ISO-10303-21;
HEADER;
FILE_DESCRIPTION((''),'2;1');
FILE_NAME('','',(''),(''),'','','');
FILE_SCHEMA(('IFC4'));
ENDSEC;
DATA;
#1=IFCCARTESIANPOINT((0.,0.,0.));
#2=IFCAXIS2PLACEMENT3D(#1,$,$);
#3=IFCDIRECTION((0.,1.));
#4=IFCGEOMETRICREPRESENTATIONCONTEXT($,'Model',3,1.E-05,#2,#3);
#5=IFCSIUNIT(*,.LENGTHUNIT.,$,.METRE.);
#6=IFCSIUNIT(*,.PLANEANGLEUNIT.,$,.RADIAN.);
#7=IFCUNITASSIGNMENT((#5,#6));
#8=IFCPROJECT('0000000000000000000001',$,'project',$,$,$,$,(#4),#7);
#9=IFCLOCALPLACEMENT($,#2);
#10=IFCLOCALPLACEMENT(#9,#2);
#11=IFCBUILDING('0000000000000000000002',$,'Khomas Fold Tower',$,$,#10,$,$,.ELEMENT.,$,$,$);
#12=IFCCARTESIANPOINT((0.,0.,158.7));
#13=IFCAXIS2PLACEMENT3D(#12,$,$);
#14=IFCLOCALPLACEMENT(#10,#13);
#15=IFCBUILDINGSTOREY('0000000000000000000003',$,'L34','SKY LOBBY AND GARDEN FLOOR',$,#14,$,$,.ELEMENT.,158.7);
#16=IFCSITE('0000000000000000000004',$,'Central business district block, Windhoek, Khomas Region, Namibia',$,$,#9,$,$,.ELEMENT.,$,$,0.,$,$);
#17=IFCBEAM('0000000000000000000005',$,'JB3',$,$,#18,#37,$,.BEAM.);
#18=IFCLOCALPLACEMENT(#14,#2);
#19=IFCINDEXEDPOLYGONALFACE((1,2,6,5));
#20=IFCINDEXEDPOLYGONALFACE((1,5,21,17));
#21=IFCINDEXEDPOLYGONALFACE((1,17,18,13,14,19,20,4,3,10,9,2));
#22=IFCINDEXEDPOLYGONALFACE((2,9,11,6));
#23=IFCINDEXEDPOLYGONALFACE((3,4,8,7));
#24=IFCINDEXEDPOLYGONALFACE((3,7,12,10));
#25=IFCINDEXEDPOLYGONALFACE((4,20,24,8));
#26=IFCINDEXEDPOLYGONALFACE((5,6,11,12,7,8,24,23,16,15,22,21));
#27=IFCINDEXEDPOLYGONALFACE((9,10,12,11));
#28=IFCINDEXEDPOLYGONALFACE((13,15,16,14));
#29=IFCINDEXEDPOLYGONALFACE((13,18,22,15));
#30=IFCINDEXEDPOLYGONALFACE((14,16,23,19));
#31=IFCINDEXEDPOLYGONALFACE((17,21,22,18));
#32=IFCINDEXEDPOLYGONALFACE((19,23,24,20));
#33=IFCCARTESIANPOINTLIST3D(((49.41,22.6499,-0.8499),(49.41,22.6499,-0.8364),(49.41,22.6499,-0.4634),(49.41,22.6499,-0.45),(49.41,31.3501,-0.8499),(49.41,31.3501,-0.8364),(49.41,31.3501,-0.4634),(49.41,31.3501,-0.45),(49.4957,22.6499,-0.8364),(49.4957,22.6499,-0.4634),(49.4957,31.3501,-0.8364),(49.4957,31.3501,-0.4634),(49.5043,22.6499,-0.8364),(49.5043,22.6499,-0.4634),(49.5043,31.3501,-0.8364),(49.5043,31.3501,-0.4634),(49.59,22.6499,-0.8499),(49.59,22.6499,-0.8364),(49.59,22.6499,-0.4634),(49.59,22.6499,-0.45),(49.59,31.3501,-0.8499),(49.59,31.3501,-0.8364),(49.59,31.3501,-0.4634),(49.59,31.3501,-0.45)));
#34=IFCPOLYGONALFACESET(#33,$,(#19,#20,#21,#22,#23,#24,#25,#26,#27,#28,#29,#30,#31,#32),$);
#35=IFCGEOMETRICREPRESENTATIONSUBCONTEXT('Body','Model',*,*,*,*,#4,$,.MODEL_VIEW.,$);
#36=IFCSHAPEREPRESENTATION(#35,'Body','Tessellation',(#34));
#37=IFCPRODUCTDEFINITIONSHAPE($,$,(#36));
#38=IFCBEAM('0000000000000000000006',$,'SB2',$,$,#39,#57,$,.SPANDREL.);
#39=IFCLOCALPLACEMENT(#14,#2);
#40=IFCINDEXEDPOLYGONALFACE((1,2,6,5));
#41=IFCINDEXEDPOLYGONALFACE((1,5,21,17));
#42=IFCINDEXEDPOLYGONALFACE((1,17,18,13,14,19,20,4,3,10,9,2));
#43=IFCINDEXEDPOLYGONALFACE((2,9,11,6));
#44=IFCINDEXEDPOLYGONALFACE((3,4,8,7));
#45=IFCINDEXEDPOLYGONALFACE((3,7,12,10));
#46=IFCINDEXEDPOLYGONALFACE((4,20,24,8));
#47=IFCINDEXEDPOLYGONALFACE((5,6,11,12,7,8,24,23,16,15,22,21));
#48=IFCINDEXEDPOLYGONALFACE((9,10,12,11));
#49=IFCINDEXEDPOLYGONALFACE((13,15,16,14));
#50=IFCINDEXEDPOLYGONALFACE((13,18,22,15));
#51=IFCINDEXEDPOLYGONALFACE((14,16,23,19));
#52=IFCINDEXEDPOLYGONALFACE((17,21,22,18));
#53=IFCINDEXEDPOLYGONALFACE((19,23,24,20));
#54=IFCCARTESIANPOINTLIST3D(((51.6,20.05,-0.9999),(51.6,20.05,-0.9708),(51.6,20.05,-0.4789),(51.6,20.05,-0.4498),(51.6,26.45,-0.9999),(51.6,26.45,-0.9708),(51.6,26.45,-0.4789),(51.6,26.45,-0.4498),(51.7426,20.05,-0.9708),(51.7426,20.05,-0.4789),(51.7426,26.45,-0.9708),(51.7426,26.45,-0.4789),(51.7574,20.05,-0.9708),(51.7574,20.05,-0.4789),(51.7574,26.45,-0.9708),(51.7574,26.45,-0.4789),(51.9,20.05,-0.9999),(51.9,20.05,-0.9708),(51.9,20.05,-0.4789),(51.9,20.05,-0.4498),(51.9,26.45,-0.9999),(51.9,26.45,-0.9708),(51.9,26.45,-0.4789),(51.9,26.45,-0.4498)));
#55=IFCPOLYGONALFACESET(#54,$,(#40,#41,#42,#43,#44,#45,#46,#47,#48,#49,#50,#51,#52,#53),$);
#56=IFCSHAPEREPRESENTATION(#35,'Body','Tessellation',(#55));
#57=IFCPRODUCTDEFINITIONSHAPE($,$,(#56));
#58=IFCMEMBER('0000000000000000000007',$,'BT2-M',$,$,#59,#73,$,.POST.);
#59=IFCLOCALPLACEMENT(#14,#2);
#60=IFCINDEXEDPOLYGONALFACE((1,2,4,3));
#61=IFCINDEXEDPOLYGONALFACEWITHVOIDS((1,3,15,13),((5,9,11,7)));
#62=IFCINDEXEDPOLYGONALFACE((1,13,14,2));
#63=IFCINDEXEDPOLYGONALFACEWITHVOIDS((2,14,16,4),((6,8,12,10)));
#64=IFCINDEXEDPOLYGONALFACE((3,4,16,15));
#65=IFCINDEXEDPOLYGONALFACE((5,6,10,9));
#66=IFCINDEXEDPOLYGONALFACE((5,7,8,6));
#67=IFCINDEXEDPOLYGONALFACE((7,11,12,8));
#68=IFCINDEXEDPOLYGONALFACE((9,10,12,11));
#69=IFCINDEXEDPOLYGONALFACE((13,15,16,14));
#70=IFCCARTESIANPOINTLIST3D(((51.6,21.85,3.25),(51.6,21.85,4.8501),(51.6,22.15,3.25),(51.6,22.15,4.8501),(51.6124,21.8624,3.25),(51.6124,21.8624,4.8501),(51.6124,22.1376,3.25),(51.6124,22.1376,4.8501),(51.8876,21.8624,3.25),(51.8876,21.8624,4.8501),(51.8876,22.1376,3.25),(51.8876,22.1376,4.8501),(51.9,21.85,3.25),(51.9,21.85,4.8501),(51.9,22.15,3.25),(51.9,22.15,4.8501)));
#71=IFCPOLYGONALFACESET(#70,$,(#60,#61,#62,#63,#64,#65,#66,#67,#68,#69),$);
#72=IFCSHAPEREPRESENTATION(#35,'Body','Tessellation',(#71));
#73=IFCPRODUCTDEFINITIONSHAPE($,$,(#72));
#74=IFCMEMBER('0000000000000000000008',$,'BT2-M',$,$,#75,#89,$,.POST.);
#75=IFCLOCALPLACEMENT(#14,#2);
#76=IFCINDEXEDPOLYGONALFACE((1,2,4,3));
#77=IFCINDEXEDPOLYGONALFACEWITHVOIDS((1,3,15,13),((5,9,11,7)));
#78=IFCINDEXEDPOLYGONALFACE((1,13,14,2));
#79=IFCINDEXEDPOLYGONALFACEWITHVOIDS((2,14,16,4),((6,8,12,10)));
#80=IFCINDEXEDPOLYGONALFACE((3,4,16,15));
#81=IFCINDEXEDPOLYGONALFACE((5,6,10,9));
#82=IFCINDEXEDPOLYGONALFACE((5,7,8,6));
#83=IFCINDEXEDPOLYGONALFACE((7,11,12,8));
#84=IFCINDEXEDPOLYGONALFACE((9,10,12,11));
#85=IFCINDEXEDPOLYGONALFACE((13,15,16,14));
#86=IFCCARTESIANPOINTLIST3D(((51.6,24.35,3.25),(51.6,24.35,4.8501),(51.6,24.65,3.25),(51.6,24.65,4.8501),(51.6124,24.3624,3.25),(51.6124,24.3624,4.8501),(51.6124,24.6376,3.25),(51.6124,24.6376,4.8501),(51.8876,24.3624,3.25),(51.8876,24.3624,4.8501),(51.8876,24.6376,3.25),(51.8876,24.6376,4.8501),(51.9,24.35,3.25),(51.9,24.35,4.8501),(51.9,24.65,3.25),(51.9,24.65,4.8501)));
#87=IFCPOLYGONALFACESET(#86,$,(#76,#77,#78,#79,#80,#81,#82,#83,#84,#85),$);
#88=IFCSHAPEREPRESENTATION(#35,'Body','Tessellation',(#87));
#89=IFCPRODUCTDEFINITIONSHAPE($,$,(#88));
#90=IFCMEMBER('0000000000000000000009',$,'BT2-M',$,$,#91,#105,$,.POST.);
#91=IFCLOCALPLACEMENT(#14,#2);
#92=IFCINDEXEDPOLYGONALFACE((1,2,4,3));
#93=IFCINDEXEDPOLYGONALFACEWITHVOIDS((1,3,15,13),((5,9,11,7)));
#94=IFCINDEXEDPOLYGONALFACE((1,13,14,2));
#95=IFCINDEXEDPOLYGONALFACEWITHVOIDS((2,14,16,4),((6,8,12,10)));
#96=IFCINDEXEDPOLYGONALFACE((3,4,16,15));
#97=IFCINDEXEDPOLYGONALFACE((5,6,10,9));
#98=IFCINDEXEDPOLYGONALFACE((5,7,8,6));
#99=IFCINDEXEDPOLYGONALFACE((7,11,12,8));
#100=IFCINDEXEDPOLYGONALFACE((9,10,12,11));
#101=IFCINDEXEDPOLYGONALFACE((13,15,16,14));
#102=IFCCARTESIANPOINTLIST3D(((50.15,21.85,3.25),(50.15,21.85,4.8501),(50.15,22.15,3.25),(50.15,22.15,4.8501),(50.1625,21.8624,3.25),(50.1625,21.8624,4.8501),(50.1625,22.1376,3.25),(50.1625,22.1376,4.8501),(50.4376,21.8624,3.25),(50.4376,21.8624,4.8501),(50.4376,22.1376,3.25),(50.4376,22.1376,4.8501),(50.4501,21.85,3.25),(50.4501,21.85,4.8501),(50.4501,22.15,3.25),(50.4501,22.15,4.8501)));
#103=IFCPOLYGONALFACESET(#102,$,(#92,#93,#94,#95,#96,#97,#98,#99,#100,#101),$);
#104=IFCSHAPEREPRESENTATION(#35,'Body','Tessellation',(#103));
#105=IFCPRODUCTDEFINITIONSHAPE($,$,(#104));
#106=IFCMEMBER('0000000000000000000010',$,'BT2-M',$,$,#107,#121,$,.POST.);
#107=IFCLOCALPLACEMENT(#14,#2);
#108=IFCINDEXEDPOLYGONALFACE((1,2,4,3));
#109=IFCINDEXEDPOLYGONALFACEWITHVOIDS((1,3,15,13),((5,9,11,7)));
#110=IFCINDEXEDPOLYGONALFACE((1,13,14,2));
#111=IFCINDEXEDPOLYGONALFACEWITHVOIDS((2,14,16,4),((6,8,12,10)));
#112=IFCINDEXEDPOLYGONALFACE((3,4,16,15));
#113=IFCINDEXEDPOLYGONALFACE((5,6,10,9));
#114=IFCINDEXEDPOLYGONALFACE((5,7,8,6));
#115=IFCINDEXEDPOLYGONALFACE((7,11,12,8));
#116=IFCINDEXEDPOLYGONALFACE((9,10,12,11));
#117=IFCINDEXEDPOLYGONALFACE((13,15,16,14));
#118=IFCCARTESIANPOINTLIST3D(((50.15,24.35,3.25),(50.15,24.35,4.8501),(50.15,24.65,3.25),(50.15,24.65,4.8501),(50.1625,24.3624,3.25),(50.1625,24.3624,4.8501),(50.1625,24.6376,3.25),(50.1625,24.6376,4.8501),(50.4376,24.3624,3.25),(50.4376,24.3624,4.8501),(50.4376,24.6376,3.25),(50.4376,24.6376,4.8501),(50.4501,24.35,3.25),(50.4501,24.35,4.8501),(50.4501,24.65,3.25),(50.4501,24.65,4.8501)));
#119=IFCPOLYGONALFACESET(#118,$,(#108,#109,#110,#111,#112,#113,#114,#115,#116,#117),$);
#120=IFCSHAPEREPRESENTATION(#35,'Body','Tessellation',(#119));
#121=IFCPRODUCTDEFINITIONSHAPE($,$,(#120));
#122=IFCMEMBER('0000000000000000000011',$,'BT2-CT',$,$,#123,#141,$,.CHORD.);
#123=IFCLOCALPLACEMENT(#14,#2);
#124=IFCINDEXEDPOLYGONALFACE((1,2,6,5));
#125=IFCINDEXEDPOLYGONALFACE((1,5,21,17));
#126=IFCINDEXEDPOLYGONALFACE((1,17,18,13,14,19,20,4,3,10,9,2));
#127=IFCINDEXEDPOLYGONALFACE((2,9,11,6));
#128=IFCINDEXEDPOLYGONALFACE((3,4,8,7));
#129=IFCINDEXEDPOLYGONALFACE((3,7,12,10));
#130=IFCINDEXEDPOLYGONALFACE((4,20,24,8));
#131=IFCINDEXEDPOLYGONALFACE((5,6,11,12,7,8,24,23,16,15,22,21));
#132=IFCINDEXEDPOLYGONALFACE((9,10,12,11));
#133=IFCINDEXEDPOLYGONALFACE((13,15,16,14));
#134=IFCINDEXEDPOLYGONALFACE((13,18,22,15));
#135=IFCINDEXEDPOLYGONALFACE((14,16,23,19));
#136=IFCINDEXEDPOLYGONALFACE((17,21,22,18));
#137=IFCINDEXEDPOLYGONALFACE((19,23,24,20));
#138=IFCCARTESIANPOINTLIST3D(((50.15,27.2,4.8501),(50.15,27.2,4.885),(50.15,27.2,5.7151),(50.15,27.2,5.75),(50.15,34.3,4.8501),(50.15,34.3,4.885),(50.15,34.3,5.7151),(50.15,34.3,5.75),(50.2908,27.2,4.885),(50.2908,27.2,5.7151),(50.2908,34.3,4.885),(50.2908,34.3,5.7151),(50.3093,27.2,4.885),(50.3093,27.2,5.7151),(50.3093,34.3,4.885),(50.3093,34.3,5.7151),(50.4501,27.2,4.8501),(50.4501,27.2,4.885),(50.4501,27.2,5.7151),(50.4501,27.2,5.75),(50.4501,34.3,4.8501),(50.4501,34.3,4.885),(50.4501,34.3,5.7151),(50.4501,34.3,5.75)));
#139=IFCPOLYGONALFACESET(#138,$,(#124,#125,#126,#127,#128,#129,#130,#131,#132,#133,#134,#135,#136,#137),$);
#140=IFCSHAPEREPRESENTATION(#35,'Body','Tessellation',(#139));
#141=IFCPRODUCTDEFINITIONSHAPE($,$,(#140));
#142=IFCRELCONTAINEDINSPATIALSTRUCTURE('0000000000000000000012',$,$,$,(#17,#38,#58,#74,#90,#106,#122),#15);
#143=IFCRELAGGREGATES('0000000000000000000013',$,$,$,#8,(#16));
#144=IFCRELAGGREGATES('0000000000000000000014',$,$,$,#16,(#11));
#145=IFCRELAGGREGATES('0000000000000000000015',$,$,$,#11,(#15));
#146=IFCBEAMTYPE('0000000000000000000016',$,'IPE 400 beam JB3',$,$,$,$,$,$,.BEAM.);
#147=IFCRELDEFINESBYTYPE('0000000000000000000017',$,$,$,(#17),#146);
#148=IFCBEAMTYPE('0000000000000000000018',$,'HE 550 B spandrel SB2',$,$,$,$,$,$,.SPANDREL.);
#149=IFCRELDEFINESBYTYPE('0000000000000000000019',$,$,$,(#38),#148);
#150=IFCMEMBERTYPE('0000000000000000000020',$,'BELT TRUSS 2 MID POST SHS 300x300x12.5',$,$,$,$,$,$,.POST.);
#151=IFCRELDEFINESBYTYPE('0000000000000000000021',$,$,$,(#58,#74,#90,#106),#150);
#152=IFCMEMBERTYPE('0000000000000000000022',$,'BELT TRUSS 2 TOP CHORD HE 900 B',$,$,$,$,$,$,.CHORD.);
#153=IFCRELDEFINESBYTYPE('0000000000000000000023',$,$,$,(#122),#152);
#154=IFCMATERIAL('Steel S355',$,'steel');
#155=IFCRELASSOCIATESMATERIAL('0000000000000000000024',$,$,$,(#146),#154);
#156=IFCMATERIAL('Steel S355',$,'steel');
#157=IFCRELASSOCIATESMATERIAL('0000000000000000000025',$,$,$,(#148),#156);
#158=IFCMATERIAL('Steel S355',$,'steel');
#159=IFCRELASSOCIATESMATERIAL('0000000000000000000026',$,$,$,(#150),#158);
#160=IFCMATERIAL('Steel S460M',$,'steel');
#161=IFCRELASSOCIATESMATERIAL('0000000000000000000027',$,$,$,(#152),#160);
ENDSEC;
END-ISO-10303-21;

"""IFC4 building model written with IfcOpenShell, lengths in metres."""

from ifc_helpers import new_model, si_unit, direction, frame, origin, origin_2d, place, context, subcontext, project, spatial, hollow_rectangle, i_section, extrude, source, transform, mapped, material, material_profile, profile_set, type_object, element, save


model = new_model("IFC4")

# Units and contexts
model_context = context("Model", 3, precision=1e-05, world=origin(), true_north=direction((0.0, 1.0)))
body_context = subcontext(model_context, "Body", "Model", "MODEL_VIEW")
ifc_project = project(units=[si_unit("LENGTHUNIT", "METRE"), si_unit("PLANEANGLEUNIT", "RADIAN")], contexts=[model_context])

# Site, building, storey
site_placement = place(None, origin())
site = spatial("IfcSite", under=ifc_project, at=site_placement, Name="Central business district block, Windhoek, Khomas Region, Namibia", CompositionType="ELEMENT", RefElevation=0.0)
building_placement = place(site_placement, origin())
building = spatial("IfcBuilding", under=site, at=building_placement, Name="Khomas Fold Tower", CompositionType="ELEMENT")
storey_placement = place(building_placement, frame((0.0, 0.0, 158.7)))
storey = spatial("IfcBuildingStorey", under=building, at=storey_placement, Name="L34", Description="SKY LOBBY AND GARDEN FLOOR", CompositionType="ELEMENT", Elevation=158.7)

# Beams
ifc_material_1 = material(Name="Steel S355", Category="steel")
ifc_material_profile_1 = material_profile(ifc_material_1, i_section(OverallWidth=0.1799, OverallDepth=0.3999, WebThickness=0.0085, FlangeThickness=0.0134, at=origin_2d()), Name="IPE 400")
ifc_profile_set_1 = profile_set([ifc_material_profile_1], Name="Steel S355")
beam_type_1 = type_object("IfcBeamType", Name="IPE 400 beam JB3", PredefinedType="BEAM", material=ifc_profile_set_1)
shared_shape_1 = source(origin(), body_context, "Body", "SweptSolid", [
    extrude(i_section(OverallWidth=0.1799, OverallDepth=0.3999, WebThickness=0.0085, FlangeThickness=0.0134, at=origin_2d()), origin(), (0.0, 0.0, 1.0), 8.7002),
])
beam_1_placement = place(storey_placement, frame((49.5, 22.6499, -0.6499), z_axis=(0.0, 1.0, 0.0), x_axis=(-1.0, 0.0, 0.0)))
element("IfcBeam", 1, at=beam_1_placement, inside=storey, type_object=beam_type_1, Name="JB3", PredefinedType="BEAM", context=body_context, shape_type="MappedRepresentation", body=[
    mapped(shared_shape_1, transform((0.0, 0.0, 0.0))),
])
ifc_material_2 = material(Name="Steel S355", Category="steel")
ifc_material_profile_2 = material_profile(ifc_material_2, i_section(OverallWidth=0.3, OverallDepth=0.55, WebThickness=0.0149, FlangeThickness=0.0291, at=origin_2d()), Name="HE 550 B")
ifc_profile_set_2 = profile_set([ifc_material_profile_2], Name="Steel S355")
beam_type_2 = type_object("IfcBeamType", Name="HE 550 B spandrel SB2", PredefinedType="SPANDREL", material=ifc_profile_set_2)
shared_shape_2 = source(origin(), body_context, "Body", "SweptSolid", [
    extrude(i_section(OverallWidth=0.3, OverallDepth=0.55, WebThickness=0.0149, FlangeThickness=0.0291, at=origin_2d()), origin(), (0.0, 0.0, 1.0), 6.3999),
])
beam_2_placement = place(storey_placement, frame((51.75, 20.05, -0.7249), z_axis=(0.0, 1.0, 0.0), x_axis=(-1.0, 0.0, 0.0)))
element("IfcBeam", 2, at=beam_2_placement, inside=storey, type_object=beam_type_2, Name="SB2", PredefinedType="SPANDREL", context=body_context, shape_type="MappedRepresentation", body=[
    mapped(shared_shape_2, transform((0.0, 0.0, 0.0))),
])

# Members
ifc_material_3 = material(Name="Steel S355", Category="steel")
ifc_material_profile_3 = material_profile(ifc_material_3, hollow_rectangle(XDim=0.3, YDim=0.3, WallThickness=0.0125, at=origin_2d()), Name="SHS 300x300x12.5")
ifc_profile_set_3 = profile_set([ifc_material_profile_3], Name="Steel S355")
member_type_1 = type_object("IfcMemberType", Name="BELT TRUSS 2 MID POST SHS 300x300x12.5", PredefinedType="POST", material=ifc_profile_set_3)
shared_shape_3 = source(origin(), body_context, "Body", "SweptSolid", [
    extrude(hollow_rectangle(XDim=0.3, YDim=0.3, WallThickness=0.0125, at=origin_2d()), origin(), (0.0, 0.0, 1.0), 1.6001),
])
for number, where, z_axis, x_axis, name in (
    (3, (51.75, 22.0, 3.25), (0.0, 0.0, 1.0), (1.0, 0.0, 0.0), "BT2-M"),
    (4, (51.75, 24.5, 3.25), (0.0, 0.0, 1.0), (1.0, 0.0, 0.0), "BT2-M"),
    (5, (50.3, 22.0, 3.25), (0.0, 0.0, 1.0), (1.0, 0.0, 0.0), "BT2-M"),
    (6, (50.3, 24.5, 3.25), (0.0, 0.0, 1.0), (1.0, 0.0, 0.0), "BT2-M"),
):
    element("IfcMember", number, at=place(storey_placement, frame(where, z_axis=z_axis, x_axis=x_axis)), inside=storey, type_object=member_type_1, Name=name, PredefinedType="POST", context=body_context, shape_type="MappedRepresentation", body=[
        mapped(shared_shape_3, transform((0.0, 0.0, 0.0))),
    ])
ifc_material_4 = material(Name="Steel S460M", Category="steel")
ifc_material_profile_4 = material_profile(ifc_material_4, i_section(OverallWidth=0.3, OverallDepth=0.8999, WebThickness=0.0186, FlangeThickness=0.0349, at=origin_2d()), Name="HE 900 B")
ifc_profile_set_4 = profile_set([ifc_material_profile_4], Name="Steel S460M")
member_type_2 = type_object("IfcMemberType", Name="BELT TRUSS 2 TOP CHORD HE 900 B", PredefinedType="CHORD", material=ifc_profile_set_4)
shared_shape_4 = source(origin(), body_context, "Body", "SweptSolid", [
    extrude(i_section(OverallWidth=0.3, OverallDepth=0.8999, WebThickness=0.0186, FlangeThickness=0.0349, at=origin_2d()), origin(), (0.0, 0.0, 1.0), 7.1001),
])
member_1_placement = place(storey_placement, frame((50.3, 27.2, 5.3), z_axis=(0.0, 1.0, 0.0), x_axis=(-1.0, 0.0, 0.0)))
element("IfcMember", 7, at=member_1_placement, inside=storey, type_object=member_type_2, Name="BT2-CT", PredefinedType="CHORD", context=body_context, shape_type="MappedRepresentation", body=[
    mapped(shared_shape_4, transform((0.0, 0.0, 0.0))),
])

save(model, "model.ifc")
